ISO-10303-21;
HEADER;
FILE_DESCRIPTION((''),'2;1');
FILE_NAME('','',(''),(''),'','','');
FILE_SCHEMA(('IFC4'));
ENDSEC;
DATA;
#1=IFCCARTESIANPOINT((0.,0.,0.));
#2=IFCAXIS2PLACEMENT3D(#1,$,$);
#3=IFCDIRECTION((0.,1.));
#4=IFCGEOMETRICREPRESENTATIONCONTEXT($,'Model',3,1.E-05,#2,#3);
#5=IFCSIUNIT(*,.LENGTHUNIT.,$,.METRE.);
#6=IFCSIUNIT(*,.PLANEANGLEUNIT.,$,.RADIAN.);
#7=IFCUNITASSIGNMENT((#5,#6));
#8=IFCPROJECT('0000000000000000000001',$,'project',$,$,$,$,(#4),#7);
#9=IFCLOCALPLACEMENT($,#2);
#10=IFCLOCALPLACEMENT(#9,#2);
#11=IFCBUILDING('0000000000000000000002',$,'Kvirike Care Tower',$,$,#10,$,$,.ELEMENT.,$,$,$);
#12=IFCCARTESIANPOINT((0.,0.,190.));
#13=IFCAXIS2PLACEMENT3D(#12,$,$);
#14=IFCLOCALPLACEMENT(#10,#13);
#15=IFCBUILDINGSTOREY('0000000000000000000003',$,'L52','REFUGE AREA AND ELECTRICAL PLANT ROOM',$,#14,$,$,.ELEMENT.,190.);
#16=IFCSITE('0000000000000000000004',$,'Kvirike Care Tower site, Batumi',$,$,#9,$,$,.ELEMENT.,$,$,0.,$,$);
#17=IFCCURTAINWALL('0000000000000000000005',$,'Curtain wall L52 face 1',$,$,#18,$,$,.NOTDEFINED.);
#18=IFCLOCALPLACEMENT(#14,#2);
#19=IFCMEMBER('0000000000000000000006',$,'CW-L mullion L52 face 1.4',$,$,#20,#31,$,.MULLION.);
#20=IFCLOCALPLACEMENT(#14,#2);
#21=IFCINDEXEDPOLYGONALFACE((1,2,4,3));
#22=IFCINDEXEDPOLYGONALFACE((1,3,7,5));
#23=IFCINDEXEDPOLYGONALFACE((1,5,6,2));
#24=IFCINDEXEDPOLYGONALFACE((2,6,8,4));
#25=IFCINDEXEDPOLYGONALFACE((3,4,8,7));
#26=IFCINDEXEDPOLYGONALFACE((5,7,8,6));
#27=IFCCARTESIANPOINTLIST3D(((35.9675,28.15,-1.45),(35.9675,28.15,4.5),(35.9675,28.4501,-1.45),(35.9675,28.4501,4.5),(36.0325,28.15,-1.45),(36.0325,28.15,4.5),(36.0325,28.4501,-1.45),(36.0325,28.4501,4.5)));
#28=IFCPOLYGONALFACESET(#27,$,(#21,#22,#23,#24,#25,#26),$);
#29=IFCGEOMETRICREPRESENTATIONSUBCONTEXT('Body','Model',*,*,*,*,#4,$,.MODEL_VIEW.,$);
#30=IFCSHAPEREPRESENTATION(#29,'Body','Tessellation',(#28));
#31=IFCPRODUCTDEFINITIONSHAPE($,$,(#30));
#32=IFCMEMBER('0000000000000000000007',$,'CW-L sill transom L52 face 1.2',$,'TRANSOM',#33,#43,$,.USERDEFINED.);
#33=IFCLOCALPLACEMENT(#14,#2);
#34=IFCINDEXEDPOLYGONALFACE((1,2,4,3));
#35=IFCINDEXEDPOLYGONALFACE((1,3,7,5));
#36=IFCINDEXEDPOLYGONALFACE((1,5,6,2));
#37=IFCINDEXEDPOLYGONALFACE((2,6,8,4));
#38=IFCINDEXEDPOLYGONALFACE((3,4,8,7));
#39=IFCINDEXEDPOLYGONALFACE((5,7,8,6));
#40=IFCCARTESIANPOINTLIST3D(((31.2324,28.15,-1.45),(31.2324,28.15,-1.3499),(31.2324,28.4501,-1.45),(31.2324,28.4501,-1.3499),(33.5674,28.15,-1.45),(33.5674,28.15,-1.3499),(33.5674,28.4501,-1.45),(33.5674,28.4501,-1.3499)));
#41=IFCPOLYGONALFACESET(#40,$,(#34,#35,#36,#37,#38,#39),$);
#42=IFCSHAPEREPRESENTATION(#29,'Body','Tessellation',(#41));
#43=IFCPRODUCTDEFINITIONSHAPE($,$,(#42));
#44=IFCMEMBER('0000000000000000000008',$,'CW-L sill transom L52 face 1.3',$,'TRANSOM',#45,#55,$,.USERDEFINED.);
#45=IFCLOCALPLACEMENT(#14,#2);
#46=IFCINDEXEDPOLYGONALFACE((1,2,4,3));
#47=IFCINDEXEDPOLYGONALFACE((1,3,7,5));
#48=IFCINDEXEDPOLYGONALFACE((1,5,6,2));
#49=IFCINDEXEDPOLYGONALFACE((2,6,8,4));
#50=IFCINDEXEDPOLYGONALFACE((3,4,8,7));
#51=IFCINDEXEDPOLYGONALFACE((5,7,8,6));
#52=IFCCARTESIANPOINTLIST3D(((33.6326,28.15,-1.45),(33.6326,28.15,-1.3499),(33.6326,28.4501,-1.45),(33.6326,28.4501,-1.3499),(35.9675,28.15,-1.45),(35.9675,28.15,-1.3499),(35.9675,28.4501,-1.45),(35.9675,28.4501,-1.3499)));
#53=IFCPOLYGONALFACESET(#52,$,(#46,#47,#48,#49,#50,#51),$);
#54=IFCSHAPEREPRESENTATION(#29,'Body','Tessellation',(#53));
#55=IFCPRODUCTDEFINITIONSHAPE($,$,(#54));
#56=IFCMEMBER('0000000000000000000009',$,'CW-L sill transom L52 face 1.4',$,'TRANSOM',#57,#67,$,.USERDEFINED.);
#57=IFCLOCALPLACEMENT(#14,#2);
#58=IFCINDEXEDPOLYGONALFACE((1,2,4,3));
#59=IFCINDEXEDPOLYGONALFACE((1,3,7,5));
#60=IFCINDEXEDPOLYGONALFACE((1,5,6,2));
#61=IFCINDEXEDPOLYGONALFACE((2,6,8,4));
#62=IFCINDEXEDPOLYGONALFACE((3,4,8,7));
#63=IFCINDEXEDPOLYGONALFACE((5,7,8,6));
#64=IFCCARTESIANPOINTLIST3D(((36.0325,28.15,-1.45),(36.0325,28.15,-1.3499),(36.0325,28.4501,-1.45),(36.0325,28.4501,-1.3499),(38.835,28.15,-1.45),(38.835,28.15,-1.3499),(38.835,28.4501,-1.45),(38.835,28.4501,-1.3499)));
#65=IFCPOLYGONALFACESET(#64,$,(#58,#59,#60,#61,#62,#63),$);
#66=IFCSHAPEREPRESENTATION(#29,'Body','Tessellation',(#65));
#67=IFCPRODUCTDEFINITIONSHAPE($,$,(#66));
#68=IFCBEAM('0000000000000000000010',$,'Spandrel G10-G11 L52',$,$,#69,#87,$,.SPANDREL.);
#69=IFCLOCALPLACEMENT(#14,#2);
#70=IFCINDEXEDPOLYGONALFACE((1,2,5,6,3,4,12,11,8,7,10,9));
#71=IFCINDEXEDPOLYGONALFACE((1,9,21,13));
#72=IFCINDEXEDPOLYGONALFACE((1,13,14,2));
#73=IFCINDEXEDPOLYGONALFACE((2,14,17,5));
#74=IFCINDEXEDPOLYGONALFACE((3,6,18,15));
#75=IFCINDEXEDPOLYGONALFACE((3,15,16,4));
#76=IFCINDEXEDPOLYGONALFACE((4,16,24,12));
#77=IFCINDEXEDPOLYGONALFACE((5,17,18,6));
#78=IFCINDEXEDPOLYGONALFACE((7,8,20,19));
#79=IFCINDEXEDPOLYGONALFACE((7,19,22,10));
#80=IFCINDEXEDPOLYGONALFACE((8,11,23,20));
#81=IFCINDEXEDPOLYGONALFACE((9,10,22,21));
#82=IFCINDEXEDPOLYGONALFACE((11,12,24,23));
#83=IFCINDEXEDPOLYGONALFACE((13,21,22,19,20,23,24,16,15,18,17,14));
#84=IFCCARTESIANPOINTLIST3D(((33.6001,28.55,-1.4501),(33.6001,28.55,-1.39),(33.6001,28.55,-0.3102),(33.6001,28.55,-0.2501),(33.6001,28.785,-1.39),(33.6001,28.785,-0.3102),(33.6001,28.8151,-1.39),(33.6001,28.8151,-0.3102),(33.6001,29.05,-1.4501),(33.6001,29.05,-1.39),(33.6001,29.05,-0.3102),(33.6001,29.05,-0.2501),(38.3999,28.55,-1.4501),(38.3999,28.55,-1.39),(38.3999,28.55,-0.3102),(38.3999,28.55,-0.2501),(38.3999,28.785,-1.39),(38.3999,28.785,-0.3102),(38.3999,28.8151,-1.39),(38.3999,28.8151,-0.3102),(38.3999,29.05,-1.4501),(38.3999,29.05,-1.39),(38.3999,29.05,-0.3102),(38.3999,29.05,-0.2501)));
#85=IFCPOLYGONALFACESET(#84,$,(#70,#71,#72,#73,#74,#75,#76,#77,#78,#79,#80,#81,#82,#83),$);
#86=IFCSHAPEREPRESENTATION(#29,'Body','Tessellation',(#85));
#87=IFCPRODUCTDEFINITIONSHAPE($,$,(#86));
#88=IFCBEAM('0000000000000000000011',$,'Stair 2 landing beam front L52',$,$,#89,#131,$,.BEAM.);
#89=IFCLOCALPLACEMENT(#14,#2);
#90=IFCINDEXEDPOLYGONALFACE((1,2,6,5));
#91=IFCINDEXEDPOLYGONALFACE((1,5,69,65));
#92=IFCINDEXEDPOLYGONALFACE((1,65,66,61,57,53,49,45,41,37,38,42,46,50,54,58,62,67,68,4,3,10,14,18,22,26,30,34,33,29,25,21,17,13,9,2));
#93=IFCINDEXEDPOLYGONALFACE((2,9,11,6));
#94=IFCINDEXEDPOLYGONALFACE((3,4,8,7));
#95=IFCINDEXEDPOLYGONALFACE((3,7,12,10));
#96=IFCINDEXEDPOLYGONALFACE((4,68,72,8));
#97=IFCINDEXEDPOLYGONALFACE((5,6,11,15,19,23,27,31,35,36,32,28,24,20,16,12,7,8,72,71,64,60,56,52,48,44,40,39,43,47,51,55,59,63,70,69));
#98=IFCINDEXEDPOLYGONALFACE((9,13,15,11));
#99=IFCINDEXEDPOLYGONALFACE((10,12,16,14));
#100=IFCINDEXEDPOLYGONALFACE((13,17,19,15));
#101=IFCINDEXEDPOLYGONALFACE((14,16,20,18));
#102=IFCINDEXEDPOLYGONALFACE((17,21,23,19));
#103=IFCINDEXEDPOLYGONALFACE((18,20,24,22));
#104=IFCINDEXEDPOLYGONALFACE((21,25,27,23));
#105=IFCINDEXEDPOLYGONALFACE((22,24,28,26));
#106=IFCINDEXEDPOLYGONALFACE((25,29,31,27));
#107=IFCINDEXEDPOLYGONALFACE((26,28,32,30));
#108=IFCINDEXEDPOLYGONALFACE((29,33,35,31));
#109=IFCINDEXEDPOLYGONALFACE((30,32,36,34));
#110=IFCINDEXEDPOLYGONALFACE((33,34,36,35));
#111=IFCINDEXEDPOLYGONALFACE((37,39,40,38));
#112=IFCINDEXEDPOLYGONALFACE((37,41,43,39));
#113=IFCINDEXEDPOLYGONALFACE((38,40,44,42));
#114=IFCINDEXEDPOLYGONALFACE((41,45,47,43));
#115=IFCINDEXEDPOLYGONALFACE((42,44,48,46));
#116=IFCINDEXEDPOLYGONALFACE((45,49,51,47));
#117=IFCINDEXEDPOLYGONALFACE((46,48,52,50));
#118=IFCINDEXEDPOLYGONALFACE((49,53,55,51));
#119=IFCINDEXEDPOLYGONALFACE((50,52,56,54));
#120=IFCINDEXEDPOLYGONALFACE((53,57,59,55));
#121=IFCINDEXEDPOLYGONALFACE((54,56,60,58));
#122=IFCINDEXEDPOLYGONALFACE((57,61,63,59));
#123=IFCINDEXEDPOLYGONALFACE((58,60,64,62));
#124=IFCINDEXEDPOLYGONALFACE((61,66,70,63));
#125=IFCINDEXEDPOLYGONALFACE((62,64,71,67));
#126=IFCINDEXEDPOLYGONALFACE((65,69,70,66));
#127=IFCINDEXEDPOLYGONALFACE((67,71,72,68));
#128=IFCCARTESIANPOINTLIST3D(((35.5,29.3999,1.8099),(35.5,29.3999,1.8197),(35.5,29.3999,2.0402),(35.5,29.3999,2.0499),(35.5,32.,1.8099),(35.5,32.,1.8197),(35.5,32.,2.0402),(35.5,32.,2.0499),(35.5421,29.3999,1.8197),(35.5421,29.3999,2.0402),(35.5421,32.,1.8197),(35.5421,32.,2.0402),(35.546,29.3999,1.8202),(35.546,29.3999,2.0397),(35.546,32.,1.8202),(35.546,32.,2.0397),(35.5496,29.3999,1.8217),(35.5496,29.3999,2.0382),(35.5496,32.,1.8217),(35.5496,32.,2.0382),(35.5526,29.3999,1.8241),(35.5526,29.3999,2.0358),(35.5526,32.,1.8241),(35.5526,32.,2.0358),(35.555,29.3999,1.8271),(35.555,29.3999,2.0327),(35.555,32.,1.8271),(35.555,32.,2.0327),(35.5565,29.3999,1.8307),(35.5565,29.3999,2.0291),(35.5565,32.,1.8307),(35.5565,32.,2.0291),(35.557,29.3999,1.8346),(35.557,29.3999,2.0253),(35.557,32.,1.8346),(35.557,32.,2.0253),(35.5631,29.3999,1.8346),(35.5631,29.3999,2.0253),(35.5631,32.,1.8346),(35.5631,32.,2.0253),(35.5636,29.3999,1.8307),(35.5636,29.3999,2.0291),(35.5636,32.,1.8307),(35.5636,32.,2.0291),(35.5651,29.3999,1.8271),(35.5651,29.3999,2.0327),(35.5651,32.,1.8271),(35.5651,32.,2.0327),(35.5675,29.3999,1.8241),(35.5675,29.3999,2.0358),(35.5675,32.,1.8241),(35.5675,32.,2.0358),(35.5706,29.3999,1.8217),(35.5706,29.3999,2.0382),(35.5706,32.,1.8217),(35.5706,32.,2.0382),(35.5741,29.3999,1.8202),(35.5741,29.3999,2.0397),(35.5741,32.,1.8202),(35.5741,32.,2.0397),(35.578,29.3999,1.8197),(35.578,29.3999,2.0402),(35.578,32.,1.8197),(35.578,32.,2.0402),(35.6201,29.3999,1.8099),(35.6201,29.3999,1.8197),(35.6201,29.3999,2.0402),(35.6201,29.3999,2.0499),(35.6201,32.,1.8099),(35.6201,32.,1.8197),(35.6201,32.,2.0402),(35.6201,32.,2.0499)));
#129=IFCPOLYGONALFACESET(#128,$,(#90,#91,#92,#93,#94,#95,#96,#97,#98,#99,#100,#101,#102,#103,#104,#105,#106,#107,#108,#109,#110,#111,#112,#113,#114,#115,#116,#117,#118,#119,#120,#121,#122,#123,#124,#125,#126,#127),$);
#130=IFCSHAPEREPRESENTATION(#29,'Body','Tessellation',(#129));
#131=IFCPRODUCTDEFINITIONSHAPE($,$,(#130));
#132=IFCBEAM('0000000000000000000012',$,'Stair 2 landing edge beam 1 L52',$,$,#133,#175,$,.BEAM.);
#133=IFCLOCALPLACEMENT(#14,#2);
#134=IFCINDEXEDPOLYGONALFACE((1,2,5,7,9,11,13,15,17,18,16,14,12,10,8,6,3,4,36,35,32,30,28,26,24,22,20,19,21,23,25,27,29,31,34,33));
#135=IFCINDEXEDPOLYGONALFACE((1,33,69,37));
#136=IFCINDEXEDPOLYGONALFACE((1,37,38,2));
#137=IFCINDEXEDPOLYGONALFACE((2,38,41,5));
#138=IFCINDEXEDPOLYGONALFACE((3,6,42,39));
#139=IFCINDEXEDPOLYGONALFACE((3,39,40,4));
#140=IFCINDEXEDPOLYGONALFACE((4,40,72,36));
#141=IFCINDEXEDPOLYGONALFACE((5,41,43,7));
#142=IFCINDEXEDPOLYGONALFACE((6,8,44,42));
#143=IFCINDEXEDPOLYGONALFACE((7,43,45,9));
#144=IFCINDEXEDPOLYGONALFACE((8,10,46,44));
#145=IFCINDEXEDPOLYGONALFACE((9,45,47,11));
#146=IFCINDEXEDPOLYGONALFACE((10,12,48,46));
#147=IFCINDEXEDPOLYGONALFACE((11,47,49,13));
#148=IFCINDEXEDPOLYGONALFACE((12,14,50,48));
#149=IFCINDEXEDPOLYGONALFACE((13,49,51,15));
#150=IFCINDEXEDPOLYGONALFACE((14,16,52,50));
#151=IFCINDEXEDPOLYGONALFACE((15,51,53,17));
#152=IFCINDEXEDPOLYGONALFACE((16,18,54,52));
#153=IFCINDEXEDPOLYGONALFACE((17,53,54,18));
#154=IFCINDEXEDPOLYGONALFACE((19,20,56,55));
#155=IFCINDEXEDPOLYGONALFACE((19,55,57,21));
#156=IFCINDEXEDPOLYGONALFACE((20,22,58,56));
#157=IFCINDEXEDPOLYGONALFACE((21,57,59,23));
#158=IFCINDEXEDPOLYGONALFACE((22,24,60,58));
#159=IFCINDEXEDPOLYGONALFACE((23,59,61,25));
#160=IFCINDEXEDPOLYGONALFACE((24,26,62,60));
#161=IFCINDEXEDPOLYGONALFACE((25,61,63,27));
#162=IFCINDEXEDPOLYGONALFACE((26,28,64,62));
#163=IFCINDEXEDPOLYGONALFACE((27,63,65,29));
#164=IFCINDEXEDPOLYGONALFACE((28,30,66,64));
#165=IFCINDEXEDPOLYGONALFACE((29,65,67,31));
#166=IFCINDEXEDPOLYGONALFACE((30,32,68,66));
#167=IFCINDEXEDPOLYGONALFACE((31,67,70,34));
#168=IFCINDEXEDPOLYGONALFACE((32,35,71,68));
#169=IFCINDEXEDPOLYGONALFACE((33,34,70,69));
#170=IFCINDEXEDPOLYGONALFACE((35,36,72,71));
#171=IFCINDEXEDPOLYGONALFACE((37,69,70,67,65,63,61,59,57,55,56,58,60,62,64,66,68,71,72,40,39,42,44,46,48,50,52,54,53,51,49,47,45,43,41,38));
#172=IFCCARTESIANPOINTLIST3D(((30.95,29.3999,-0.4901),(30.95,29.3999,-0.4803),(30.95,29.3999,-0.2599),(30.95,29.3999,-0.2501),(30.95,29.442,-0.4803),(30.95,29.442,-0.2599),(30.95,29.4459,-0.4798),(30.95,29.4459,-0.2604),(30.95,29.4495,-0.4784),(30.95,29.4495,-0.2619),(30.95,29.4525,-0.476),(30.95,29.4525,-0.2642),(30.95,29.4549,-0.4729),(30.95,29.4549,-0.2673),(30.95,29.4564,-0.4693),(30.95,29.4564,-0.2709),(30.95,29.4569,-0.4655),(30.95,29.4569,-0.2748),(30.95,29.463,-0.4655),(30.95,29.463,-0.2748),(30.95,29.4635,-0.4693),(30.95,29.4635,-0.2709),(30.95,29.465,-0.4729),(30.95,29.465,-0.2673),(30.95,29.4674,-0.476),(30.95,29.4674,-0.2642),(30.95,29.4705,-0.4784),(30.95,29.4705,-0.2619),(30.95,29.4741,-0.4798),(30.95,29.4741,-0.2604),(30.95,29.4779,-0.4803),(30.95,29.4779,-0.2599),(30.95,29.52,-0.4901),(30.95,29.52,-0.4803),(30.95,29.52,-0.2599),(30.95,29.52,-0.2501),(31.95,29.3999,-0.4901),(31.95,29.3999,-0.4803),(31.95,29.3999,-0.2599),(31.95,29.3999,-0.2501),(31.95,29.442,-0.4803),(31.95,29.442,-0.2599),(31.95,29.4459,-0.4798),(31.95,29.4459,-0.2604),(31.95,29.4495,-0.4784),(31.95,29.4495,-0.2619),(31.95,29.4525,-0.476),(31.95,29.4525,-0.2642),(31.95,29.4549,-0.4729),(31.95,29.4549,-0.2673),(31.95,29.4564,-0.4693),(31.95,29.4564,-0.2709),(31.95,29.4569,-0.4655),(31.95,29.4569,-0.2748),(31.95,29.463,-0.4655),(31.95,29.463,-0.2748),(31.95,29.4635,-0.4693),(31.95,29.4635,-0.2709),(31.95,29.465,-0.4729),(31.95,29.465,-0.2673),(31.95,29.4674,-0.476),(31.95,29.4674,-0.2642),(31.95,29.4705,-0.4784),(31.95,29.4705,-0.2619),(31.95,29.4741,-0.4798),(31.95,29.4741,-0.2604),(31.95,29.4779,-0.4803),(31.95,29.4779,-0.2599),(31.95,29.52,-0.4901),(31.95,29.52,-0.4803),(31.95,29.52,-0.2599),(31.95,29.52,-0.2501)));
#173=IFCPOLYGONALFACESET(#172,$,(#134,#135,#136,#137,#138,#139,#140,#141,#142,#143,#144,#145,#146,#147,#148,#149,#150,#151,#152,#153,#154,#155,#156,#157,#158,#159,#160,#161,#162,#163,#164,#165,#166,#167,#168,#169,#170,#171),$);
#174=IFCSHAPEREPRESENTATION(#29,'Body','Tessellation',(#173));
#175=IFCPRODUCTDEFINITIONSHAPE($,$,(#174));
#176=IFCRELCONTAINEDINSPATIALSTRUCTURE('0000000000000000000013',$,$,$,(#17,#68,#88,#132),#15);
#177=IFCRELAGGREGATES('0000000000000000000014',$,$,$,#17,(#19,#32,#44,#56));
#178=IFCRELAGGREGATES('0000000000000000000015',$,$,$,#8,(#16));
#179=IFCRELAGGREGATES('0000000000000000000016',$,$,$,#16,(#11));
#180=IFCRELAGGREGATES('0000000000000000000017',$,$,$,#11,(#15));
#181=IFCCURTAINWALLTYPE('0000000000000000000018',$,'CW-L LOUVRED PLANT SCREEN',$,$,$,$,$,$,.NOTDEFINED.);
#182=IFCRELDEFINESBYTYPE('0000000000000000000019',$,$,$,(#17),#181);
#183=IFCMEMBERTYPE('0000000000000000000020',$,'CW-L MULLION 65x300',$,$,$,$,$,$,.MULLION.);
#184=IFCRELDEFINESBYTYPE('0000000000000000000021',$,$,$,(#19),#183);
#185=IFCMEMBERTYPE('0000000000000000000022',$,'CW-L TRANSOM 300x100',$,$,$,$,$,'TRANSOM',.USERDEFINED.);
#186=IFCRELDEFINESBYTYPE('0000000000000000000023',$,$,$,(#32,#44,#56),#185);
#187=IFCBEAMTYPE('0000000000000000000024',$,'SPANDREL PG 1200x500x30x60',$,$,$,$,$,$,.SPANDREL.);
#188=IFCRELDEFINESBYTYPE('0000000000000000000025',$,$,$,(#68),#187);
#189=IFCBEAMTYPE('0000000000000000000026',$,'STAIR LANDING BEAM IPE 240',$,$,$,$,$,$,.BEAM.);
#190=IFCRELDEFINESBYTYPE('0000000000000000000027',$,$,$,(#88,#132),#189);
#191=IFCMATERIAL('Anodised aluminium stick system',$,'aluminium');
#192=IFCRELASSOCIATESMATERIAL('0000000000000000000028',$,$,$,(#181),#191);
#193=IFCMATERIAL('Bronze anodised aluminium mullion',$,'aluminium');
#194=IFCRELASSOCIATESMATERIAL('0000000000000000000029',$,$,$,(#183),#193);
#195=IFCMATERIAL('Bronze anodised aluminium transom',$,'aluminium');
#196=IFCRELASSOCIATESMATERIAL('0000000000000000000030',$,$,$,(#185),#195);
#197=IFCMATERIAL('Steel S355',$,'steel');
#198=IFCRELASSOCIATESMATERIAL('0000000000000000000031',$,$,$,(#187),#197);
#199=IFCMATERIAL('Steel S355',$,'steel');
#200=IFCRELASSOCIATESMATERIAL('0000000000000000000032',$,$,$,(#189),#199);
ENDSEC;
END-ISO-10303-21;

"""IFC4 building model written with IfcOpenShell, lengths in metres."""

from ifc_helpers import new_model, si_unit, direction, frame, origin, origin_2d, place, context, subcontext, project, spatial, rectangle, i_section, extrude, material, material_profile, profile_set, type_object, element, aggregate, save


model = new_model("IFC4")

# Units and contexts
model_context = context("Model", 3, precision=1e-05, world=origin(), true_north=direction((0.0, 1.0)))
body_context = subcontext(model_context, "Body", "Model", "MODEL_VIEW")
ifc_project = project(units=[si_unit("LENGTHUNIT", "METRE"), si_unit("PLANEANGLEUNIT", "RADIAN")], contexts=[model_context])

# Site, building, storey
site_placement = place(None, origin())
site = spatial("IfcSite", under=ifc_project, at=site_placement, Name="Kvirike Care Tower site, Batumi", CompositionType="ELEMENT", RefElevation=0.0)
building_placement = place(site_placement, origin())
building = spatial("IfcBuilding", under=site, at=building_placement, Name="Kvirike Care Tower", CompositionType="ELEMENT")
storey_placement = place(building_placement, frame((0.0, 0.0, 190.0)))
storey = spatial("IfcBuildingStorey", under=building, at=storey_placement, Name="L52", Description="REFUGE AREA AND ELECTRICAL PLANT ROOM", CompositionType="ELEMENT", Elevation=190.0)

# Curtain wall, members
ifc_material_1 = material(Name="Anodised aluminium stick system", Category="aluminium")
curtain_wall_type = type_object("IfcCurtainWallType", Name="CW-L LOUVRED PLANT SCREEN", PredefinedType="NOTDEFINED", material=ifc_material_1)
curtain_wall_placement = place(storey_placement, origin())
curtain_wall = element("IfcCurtainWall", 1, at=curtain_wall_placement, inside=storey, type_object=curtain_wall_type, Name="Curtain wall L52 face 1", PredefinedType="NOTDEFINED")
ifc_material_2 = material(Name="Bronze anodised aluminium mullion", Category="aluminium")
ifc_material_profile_1 = material_profile(ifc_material_2, rectangle(XDim=0.0649, YDim=0.3, at=origin_2d()), Name="CW-L MULLION 65x300")
ifc_profile_set_1 = profile_set([ifc_material_profile_1], Name="Bronze anodised aluminium mullion")
member_type_1 = type_object("IfcMemberType", Name="CW-L MULLION 65x300", PredefinedType="MULLION", material=ifc_profile_set_1)
member_1_placement = place(storey_placement, frame((36.0, 28.3, -1.45), z_axis=(0.0, 0.0, 1.0), x_axis=(1.0, 0.0, 0.0)))
member_1 = element("IfcMember", 2, at=member_1_placement, type_object=member_type_1, Name="CW-L mullion L52 face 1.4", PredefinedType="MULLION", context=body_context, shape_type="SweptSolid", body=[
    extrude(rectangle(XDim=0.0649, YDim=0.3, at=origin_2d()), origin(), (0.0, 0.0, 1.0), 5.95),
])
ifc_material_3 = material(Name="Bronze anodised aluminium transom", Category="aluminium")
ifc_material_profile_2 = material_profile(ifc_material_3, rectangle(XDim=0.3, YDim=0.1001, at=origin_2d()), Name="CW-L TRANSOM 300x100")
ifc_profile_set_2 = profile_set([ifc_material_profile_2], Name="Bronze anodised aluminium transom")
member_type_2 = type_object("IfcMemberType", Name="CW-L TRANSOM 300x100", ElementType="TRANSOM", PredefinedType="USERDEFINED", material=ifc_profile_set_2)
member_2_placement = place(storey_placement, frame((31.2324, 28.3, -1.3999), z_axis=(1.0, 0.0, 0.0), x_axis=(0.0, 1.0, 0.0)))
member_2 = element("IfcMember", 3, at=member_2_placement, type_object=member_type_2, Name="CW-L sill transom L52 face 1.2", ObjectType="TRANSOM", PredefinedType="USERDEFINED", context=body_context, shape_type="SweptSolid", body=[
    extrude(rectangle(XDim=0.3, YDim=0.1001, at=origin_2d()), origin(), (0.0, 0.0, 1.0), 2.335),
])
member_3_placement = place(storey_placement, frame((33.6326, 28.3, -1.3999), z_axis=(1.0, 0.0, 0.0), x_axis=(0.0, 1.0, 0.0)))
member_3 = element("IfcMember", 4, at=member_3_placement, type_object=member_type_2, Name="CW-L sill transom L52 face 1.3", ObjectType="TRANSOM", PredefinedType="USERDEFINED", context=body_context, shape_type="SweptSolid", body=[
    extrude(rectangle(XDim=0.3, YDim=0.1001, at=origin_2d()), origin(), (0.0, 0.0, 1.0), 2.335),
])
member_4_placement = place(storey_placement, frame((36.0325, 28.3, -1.3999), z_axis=(1.0, 0.0, 0.0), x_axis=(0.0, 1.0, 0.0)))
member_4 = element("IfcMember", 5, at=member_4_placement, type_object=member_type_2, Name="CW-L sill transom L52 face 1.4", ObjectType="TRANSOM", PredefinedType="USERDEFINED", context=body_context, shape_type="SweptSolid", body=[
    extrude(rectangle(XDim=0.3, YDim=0.1001, at=origin_2d()), origin(), (0.0, 0.0, 1.0), 2.8025),
])

# Beams
ifc_material_4 = material(Name="Steel S355", Category="steel")
ifc_material_profile_3 = material_profile(ifc_material_4, i_section(OverallWidth=0.5, OverallDepth=1.2, WebThickness=0.03, FlangeThickness=0.0601, at=origin_2d()), Name="PG 1200x500x30x60")
ifc_profile_set_3 = profile_set([ifc_material_profile_3], Name="Steel S355")
beam_type_1 = type_object("IfcBeamType", Name="SPANDREL PG 1200x500x30x60", PredefinedType="SPANDREL", material=ifc_profile_set_3)
beam_1_placement = place(storey_placement, frame((33.6001, 28.8, -0.8501), z_axis=(1.0, 0.0, 0.0), x_axis=(0.0, 1.0, 0.0)))
element("IfcBeam", 6, at=beam_1_placement, inside=storey, type_object=beam_type_1, Name="Spandrel G10-G11 L52", PredefinedType="SPANDREL", context=body_context, shape_type="SweptSolid", body=[
    extrude(i_section(OverallWidth=0.5, OverallDepth=1.2, WebThickness=0.03, FlangeThickness=0.0601, at=origin_2d()), origin(), (0.0, 0.0, 1.0), 4.7998),
])
ifc_material_5 = material(Name="Steel S355", Category="steel")
ifc_material_profile_4 = material_profile(ifc_material_5, i_section(OverallWidth=0.1201, OverallDepth=0.24, WebThickness=0.0061, FlangeThickness=0.0098, FilletRadius=0.0149, at=origin_2d()), Name="IPE 240")
ifc_profile_set_4 = profile_set([ifc_material_profile_4], Name="Steel S355")
beam_type_2 = type_object("IfcBeamType", Name="STAIR LANDING BEAM IPE 240", PredefinedType="BEAM", material=ifc_profile_set_4)
beam_2_placement = place(storey_placement, frame((35.5601, 29.3999, 1.9299), z_axis=(0.0, 1.0, 0.0), x_axis=(-1.0, 0.0, 0.0)))
element("IfcBeam", 7, at=beam_2_placement, inside=storey, type_object=beam_type_2, Name="Stair 2 landing beam front L52", PredefinedType="BEAM", context=body_context, shape_type="SweptSolid", body=[
    extrude(i_section(OverallWidth=0.1201, OverallDepth=0.24, WebThickness=0.0061, FlangeThickness=0.0098, FilletRadius=0.0149, at=origin_2d()), origin(), (0.0, 0.0, 1.0), 2.6001),
])
for number, where, z_axis, x_axis, name in (
    (8, (31.95, 29.46, -0.3701), (-1.0, 0.0, 0.0), (0.0, -1.0, 0.0), "Stair 2 landing edge beam 1 L52"),
):
    element("IfcBeam", number, at=place(storey_placement, frame(where, z_axis=z_axis, x_axis=x_axis)), inside=storey, type_object=beam_type_2, Name=name, PredefinedType="BEAM", context=body_context, shape_type="SweptSolid", body=[
        extrude(i_section(OverallWidth=0.1201, OverallDepth=0.24, WebThickness=0.0061, FlangeThickness=0.0098, FilletRadius=0.0149, at=origin_2d()), origin(), (0.0, 0.0, 1.0), 1.0),
    ])

aggregate(curtain_wall, [member_1, member_2, member_3, member_4])

save(model, "model.ifc")
